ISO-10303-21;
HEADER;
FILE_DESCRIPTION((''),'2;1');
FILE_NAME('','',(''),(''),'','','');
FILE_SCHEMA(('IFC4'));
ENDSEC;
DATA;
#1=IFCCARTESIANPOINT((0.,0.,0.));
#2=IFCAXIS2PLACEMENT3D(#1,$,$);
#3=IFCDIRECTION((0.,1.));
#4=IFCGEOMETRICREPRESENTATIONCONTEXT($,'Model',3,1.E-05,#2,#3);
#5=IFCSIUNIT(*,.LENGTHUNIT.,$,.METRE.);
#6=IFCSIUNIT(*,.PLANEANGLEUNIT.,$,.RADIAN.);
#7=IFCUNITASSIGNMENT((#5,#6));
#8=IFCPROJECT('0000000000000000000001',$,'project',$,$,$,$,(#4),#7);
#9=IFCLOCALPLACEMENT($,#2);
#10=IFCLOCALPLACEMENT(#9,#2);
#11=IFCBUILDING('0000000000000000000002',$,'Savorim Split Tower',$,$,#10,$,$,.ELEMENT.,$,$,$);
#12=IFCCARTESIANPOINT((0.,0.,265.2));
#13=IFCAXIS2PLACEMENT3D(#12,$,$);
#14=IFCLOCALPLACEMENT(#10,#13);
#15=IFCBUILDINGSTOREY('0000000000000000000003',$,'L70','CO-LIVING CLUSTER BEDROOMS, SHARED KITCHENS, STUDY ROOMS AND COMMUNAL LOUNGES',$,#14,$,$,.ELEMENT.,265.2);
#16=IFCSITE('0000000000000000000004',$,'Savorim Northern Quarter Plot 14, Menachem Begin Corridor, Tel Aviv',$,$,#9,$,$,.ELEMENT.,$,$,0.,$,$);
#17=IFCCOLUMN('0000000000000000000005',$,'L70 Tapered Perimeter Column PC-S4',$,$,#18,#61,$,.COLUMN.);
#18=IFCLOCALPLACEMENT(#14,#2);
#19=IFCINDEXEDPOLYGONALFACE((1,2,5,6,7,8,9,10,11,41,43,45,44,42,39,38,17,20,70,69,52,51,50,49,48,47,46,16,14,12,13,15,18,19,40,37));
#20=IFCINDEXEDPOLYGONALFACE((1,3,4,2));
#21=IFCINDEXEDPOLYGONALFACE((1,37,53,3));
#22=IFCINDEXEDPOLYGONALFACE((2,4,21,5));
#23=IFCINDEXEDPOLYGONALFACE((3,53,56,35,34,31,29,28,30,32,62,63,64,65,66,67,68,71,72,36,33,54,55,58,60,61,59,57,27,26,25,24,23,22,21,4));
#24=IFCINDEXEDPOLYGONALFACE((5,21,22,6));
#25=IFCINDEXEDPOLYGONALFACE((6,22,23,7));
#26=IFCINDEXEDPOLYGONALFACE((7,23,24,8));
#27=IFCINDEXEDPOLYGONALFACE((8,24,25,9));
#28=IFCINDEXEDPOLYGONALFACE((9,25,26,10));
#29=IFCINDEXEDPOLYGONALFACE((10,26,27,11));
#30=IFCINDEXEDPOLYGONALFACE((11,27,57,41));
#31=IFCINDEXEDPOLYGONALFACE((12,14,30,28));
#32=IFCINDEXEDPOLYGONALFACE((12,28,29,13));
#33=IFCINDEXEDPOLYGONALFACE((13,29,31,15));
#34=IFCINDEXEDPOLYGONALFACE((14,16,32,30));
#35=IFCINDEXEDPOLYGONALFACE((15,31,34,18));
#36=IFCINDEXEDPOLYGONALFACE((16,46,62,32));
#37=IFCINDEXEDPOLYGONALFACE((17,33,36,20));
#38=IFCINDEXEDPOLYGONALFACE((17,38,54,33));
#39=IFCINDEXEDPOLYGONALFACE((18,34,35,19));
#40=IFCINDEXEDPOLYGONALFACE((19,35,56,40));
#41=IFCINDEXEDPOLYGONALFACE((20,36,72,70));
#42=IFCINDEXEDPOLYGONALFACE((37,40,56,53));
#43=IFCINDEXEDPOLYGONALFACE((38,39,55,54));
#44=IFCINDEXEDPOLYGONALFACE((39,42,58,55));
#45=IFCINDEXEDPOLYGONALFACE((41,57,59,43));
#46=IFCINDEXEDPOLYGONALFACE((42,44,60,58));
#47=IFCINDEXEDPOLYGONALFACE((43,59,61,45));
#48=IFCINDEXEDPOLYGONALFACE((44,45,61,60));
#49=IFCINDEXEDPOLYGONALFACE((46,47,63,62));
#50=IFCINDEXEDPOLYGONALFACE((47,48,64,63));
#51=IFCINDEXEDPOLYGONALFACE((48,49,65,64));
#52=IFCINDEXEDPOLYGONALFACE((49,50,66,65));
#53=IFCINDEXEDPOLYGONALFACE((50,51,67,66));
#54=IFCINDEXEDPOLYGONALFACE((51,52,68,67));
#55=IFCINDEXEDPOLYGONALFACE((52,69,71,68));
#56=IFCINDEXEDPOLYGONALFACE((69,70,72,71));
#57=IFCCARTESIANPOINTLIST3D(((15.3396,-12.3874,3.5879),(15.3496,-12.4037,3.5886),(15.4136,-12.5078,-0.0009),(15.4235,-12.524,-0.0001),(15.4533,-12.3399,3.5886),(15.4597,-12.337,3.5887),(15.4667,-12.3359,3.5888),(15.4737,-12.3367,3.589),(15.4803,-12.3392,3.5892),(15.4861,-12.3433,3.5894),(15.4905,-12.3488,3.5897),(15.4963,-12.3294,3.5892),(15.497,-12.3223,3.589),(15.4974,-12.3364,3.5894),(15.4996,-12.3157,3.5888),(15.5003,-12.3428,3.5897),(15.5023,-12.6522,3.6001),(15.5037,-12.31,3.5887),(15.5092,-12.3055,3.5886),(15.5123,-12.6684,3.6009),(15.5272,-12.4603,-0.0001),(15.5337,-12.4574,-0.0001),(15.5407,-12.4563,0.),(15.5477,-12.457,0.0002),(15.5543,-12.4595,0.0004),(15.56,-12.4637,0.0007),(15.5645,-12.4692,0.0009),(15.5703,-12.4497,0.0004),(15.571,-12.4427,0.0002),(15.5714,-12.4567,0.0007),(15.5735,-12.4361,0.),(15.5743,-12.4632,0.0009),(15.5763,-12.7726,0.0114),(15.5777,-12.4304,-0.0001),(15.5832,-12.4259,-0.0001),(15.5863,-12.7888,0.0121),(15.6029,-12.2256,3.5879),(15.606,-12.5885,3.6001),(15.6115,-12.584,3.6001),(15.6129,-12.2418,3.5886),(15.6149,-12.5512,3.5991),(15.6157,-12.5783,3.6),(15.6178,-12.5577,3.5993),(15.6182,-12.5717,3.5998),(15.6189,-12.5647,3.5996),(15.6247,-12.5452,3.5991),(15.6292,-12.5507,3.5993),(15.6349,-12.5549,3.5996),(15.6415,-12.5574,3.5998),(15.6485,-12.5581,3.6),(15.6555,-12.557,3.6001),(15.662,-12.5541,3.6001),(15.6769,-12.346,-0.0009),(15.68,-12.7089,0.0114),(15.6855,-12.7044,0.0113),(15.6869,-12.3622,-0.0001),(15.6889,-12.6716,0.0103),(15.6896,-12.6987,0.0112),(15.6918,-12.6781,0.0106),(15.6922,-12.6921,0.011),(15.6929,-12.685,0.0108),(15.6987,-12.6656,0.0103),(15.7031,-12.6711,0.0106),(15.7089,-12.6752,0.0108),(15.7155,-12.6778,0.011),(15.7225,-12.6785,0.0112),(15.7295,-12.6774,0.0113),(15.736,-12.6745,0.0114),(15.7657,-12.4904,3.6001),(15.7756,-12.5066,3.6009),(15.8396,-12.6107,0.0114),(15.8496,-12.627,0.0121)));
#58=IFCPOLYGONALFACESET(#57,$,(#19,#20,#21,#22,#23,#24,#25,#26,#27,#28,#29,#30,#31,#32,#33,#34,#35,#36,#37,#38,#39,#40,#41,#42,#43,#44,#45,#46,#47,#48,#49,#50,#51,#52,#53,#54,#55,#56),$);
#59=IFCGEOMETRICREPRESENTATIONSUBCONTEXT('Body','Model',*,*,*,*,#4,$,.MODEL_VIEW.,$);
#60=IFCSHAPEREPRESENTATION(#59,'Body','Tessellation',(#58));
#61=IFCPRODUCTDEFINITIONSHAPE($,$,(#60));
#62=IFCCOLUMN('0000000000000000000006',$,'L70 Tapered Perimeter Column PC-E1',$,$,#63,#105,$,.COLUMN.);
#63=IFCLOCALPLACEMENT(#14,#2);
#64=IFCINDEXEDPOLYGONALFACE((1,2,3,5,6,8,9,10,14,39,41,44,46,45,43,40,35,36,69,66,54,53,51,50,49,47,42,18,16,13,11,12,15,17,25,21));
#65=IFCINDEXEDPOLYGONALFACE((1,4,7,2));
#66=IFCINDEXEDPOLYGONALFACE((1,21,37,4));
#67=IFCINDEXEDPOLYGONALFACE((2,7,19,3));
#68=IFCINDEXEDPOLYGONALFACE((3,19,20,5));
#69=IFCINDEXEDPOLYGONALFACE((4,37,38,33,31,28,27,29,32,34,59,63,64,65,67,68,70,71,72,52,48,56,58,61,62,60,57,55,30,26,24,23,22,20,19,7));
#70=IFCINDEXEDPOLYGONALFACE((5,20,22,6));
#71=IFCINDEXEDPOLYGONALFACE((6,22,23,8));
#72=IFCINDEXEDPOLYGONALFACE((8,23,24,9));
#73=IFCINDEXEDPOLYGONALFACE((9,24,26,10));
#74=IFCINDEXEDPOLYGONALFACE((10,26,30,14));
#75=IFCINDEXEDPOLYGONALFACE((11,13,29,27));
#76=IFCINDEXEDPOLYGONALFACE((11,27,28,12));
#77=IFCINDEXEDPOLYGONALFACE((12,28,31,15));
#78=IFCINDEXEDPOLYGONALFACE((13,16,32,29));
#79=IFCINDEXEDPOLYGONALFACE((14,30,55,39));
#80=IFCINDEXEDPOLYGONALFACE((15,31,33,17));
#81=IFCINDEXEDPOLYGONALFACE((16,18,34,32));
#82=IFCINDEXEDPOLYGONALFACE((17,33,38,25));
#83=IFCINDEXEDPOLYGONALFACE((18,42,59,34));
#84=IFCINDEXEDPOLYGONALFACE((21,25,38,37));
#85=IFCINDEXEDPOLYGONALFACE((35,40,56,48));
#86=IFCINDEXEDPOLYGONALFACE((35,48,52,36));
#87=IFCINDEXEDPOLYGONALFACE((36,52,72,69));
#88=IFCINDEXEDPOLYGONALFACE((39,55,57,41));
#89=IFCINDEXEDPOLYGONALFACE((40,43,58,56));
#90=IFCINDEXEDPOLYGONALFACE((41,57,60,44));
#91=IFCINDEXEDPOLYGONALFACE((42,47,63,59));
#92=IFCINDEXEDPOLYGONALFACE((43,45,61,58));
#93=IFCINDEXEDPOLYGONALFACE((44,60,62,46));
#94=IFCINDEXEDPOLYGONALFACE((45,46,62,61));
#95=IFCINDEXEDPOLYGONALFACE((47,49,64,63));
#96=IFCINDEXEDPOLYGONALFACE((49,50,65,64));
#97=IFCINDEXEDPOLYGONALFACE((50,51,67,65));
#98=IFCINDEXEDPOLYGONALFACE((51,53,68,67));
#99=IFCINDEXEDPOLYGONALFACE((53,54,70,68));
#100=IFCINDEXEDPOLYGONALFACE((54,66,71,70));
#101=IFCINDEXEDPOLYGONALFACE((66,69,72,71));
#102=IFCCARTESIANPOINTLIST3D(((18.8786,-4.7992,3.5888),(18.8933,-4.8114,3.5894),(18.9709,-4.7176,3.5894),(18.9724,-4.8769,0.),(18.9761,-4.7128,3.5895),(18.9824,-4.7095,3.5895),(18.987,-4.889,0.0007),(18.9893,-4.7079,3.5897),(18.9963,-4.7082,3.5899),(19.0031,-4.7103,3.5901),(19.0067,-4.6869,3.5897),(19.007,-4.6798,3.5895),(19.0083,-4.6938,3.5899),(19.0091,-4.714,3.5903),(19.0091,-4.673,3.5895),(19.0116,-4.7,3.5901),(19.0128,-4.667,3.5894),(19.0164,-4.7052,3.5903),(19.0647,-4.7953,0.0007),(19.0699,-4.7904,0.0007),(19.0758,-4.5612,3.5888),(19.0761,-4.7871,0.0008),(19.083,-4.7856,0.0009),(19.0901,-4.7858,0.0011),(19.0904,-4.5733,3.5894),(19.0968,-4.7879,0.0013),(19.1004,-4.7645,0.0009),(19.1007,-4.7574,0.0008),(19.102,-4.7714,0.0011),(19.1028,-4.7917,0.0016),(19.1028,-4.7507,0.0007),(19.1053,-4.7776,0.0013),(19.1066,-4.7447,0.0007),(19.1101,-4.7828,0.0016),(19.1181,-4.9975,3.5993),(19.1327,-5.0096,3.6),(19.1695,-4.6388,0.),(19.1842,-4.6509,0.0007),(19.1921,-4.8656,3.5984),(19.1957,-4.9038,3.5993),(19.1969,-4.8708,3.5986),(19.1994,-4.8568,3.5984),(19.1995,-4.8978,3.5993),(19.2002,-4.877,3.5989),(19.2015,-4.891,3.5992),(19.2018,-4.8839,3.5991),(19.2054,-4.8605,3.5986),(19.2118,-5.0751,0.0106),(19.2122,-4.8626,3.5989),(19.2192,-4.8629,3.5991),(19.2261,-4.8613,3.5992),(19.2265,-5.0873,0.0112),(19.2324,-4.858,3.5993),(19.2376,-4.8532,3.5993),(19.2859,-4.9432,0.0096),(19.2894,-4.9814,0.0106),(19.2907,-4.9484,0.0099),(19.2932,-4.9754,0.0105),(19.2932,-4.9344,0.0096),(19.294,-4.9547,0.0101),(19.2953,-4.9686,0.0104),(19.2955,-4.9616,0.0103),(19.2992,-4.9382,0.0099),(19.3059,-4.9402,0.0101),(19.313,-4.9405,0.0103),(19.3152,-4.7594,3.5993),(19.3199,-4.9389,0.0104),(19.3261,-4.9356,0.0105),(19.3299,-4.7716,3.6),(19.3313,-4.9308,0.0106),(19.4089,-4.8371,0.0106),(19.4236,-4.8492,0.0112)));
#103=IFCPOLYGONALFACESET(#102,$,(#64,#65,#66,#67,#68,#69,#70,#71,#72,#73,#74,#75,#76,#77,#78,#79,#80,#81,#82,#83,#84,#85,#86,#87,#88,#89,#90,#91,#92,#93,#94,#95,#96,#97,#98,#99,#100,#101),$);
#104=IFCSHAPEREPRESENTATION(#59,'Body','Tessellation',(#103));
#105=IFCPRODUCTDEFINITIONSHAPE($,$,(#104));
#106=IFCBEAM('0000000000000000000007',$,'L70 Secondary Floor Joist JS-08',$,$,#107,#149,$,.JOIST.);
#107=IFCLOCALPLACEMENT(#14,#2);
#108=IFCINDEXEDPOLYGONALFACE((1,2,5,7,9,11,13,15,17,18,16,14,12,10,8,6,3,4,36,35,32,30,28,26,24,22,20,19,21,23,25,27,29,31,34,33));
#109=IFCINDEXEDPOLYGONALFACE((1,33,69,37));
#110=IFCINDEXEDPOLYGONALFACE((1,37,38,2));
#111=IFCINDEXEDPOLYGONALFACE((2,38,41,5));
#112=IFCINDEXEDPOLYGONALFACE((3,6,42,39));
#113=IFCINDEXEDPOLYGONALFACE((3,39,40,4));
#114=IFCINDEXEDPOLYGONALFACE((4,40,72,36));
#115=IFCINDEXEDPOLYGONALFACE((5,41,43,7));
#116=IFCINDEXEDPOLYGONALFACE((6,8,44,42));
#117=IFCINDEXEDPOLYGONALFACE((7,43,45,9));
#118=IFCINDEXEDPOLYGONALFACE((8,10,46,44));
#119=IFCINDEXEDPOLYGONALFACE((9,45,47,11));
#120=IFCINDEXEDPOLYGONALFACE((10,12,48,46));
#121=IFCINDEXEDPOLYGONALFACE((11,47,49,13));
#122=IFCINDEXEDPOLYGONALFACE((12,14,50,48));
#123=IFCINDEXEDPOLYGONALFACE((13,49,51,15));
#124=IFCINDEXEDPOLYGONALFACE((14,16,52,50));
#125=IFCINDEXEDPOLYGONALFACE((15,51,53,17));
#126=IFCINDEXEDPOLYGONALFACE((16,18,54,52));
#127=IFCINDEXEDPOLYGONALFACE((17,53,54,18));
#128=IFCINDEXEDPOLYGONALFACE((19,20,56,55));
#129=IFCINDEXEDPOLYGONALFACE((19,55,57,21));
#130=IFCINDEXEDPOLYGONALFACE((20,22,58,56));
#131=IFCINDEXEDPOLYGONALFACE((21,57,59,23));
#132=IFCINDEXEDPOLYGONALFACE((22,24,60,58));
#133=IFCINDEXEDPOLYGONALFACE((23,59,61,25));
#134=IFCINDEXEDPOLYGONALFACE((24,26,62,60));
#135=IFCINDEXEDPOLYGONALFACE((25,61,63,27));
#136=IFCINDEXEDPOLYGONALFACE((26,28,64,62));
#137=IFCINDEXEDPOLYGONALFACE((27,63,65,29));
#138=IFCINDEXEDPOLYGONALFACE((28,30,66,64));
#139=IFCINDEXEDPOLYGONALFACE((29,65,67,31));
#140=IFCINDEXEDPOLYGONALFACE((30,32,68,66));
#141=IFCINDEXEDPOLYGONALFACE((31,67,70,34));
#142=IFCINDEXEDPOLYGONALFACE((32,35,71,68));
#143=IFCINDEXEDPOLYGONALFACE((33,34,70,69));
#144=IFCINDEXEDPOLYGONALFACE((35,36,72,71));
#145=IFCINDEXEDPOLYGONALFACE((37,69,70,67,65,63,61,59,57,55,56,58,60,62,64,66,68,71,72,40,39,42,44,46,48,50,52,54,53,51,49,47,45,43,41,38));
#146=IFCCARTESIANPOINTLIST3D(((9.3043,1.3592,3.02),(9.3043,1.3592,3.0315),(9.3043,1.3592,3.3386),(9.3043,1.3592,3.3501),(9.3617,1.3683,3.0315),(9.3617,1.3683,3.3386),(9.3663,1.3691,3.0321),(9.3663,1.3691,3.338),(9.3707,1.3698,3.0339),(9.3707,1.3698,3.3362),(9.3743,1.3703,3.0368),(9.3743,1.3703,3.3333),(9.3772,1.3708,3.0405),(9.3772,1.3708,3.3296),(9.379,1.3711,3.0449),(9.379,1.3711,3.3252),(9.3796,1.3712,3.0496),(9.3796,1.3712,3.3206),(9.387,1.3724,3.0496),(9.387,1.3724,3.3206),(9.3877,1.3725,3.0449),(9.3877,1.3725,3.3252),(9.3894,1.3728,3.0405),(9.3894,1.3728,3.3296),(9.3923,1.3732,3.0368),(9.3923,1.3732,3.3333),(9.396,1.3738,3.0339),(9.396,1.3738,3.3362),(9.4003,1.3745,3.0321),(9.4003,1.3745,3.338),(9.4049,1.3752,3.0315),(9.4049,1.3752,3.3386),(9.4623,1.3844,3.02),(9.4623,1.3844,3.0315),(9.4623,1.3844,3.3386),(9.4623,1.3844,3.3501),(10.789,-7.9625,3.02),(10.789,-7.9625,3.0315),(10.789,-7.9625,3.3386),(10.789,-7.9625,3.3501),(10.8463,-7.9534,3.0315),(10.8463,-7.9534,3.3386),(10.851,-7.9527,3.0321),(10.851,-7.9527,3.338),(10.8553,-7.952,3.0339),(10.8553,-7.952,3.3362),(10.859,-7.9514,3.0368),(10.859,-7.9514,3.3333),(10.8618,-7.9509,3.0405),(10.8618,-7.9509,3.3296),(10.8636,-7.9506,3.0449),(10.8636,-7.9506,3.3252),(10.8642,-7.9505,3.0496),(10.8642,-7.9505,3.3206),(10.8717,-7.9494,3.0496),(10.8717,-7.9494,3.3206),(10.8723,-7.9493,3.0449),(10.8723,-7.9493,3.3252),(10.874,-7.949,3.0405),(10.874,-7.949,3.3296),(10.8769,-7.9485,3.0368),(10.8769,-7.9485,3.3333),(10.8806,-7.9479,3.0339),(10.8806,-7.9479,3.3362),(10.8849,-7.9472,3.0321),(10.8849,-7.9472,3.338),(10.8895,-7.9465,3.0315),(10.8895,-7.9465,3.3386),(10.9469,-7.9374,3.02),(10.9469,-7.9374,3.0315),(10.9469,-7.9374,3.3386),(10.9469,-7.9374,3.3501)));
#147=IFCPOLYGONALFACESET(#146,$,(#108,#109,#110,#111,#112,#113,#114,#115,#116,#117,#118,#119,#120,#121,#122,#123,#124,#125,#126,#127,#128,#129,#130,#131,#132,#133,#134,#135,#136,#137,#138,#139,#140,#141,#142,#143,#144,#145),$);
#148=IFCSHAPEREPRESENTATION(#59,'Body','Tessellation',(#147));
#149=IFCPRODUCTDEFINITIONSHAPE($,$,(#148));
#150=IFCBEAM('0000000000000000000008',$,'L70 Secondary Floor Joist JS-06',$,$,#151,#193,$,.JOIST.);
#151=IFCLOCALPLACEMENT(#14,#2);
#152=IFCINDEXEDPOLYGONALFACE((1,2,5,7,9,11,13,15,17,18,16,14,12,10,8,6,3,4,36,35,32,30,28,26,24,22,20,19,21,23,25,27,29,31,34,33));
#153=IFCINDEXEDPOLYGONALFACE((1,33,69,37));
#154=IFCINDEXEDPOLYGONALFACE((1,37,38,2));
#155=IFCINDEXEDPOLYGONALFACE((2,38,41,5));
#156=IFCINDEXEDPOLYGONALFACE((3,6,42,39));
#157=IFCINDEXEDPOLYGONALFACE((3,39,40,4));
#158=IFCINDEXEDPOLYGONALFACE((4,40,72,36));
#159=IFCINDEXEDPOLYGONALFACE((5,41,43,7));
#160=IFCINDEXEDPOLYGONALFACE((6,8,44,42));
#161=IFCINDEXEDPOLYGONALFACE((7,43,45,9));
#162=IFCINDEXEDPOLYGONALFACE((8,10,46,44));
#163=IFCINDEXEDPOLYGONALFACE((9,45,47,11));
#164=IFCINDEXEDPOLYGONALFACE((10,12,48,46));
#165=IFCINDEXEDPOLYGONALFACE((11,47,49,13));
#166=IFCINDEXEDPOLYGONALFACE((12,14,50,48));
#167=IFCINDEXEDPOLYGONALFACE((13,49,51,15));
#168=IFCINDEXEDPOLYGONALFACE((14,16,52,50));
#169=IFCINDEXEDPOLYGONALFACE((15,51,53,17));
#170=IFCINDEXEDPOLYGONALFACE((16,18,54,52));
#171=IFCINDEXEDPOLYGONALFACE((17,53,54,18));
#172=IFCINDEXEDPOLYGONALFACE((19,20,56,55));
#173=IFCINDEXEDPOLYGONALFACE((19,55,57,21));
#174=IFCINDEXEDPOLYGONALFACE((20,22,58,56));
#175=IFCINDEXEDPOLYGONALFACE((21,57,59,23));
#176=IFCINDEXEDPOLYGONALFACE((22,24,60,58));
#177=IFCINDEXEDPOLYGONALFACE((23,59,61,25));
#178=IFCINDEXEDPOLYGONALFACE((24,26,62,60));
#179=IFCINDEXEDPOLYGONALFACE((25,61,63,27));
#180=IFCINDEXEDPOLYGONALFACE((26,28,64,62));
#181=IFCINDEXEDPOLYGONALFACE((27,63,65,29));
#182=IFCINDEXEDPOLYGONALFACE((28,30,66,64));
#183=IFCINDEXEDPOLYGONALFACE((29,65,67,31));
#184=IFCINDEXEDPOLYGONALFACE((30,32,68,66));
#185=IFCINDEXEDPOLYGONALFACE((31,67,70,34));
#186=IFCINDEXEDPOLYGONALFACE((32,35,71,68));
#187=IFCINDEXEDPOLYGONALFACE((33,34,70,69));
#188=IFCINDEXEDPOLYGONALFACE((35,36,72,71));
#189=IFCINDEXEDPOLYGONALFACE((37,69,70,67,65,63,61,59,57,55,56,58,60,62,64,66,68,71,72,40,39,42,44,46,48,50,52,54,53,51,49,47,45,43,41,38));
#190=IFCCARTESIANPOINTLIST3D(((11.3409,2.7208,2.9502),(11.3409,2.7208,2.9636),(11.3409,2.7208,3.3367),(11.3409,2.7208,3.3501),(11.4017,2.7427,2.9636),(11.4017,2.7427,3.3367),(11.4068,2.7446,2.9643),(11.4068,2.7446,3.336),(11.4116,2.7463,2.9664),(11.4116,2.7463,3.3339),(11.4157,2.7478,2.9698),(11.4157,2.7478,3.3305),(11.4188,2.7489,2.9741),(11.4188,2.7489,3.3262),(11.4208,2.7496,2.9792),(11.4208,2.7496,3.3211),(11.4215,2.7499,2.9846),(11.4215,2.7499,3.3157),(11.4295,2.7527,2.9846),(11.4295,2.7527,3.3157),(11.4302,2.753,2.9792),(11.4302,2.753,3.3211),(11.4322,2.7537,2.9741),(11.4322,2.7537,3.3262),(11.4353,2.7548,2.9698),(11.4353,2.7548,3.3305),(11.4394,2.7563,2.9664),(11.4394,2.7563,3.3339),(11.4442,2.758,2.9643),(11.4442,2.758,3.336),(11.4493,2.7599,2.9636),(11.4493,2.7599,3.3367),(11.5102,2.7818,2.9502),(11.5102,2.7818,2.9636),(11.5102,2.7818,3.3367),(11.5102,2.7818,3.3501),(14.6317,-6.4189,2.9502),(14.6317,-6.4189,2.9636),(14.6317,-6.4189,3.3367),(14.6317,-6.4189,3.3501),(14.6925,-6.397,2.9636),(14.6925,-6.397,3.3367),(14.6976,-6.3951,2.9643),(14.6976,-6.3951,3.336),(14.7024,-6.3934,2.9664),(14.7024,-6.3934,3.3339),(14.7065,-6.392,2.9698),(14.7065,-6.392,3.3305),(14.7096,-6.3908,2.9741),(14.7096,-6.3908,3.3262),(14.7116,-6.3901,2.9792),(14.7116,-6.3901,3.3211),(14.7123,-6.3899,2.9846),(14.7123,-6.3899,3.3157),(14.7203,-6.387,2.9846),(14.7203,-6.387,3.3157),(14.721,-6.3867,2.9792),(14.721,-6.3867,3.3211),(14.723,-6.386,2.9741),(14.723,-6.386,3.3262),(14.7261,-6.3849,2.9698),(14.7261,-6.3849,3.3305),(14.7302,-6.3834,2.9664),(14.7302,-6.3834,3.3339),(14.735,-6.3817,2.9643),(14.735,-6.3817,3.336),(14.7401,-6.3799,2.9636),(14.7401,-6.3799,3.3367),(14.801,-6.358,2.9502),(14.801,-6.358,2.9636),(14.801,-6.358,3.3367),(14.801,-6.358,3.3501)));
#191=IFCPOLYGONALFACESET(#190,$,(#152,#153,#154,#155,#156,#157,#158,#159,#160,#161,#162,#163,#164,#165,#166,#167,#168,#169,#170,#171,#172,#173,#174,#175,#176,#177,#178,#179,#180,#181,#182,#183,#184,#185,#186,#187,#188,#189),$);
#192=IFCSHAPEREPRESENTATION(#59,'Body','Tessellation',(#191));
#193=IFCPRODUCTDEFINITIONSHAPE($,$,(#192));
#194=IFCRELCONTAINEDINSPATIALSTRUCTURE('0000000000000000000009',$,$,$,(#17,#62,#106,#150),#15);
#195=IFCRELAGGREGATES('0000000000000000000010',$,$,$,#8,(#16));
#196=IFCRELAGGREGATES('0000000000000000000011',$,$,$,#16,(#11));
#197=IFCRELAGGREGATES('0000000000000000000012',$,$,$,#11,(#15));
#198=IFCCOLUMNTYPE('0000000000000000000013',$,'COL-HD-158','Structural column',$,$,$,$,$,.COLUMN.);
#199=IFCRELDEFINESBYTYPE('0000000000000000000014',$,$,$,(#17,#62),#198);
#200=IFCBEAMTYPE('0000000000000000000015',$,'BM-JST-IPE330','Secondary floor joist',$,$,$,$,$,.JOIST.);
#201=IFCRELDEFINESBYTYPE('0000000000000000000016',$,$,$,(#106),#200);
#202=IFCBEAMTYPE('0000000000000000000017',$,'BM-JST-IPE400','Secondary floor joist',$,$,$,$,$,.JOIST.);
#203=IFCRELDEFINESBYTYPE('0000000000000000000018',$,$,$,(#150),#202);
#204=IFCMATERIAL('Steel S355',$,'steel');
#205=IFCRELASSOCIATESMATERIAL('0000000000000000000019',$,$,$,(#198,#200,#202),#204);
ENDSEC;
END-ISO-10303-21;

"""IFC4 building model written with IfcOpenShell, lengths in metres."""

from ifc_helpers import new_model, si_unit, direction, frame, origin, origin_2d, place, context, subcontext, project, spatial, i_section, extrude, material, material_profile, profile_set, type_object, element, save


model = new_model("IFC4")

# Units and contexts
model_context = context("Model", 3, precision=1e-05, world=origin(), true_north=direction((0.0, 1.0)))
body_context = subcontext(model_context, "Body", "Model", "MODEL_VIEW")
ifc_project = project(units=[si_unit("LENGTHUNIT", "METRE"), si_unit("PLANEANGLEUNIT", "RADIAN")], contexts=[model_context])

# Site, building, storey
site_placement = place(None, origin())
site = spatial("IfcSite", under=ifc_project, at=site_placement, Name="Savorim Northern Quarter Plot 14, Menachem Begin Corridor, Tel Aviv", CompositionType="ELEMENT", RefElevation=0.0)
building_placement = place(site_placement, origin())
building = spatial("IfcBuilding", under=site, at=building_placement, Name="Savorim Split Tower", CompositionType="ELEMENT")
storey_placement = place(building_placement, frame((0.0, 0.0, 265.2)))
storey = spatial("IfcBuildingStorey", under=building, at=storey_placement, Name="L70", Description="CO-LIVING CLUSTER BEDROOMS, SHARED KITCHENS, STUDY ROOMS AND COMMUNAL LOUNGES", CompositionType="ELEMENT", Elevation=265.2)

# Columns
ifc_material_1 = material(Name="Steel S355", Category="steel")
ifc_material_profile_1 = material_profile(ifc_material_1, i_section(OverallWidth=0.3091, OverallDepth=0.3301, WebThickness=0.0115, FlangeThickness=0.019, FilletRadius=0.0271, at=origin_2d()), Name="HD 320x158")
ifc_profile_set_1 = profile_set([ifc_material_profile_1], Name="Steel S355")
column_type = type_object("IfcColumnType", Name="COL-HD-158", Description="Structural column", PredefinedType="COLUMN", material=ifc_profile_set_1)
column_1_placement = place(storey_placement, frame((15.6316, -12.5674, 0.0056), z_axis=(-0.020596, 0.033511, 0.999226), x_axis=(-0.851955, -0.523615, 0.0)))
element("IfcColumn", 1, at=column_1_placement, inside=storey, type_object=column_type, Name="L70 Tapered Perimeter Column PC-S4", PredefinedType="COLUMN", context=body_context, shape_type="SweptSolid", body=[
    extrude(i_section(OverallWidth=0.3091, OverallDepth=0.3301, WebThickness=0.0115, FlangeThickness=0.019, FilletRadius=0.0271, at=origin_2d()), origin(), (0.0, 0.0, 1.0), 3.5916),
])
column_2_placement = place(storey_placement, frame((19.198, -4.863, 0.0056), z_axis=(-0.026107, 0.02162, 0.999425), x_axis=(-0.637814, -0.77019, 0.0)))
element("IfcColumn", 2, at=column_2_placement, inside=storey, type_object=column_type, Name="L70 Tapered Perimeter Column PC-E1", PredefinedType="COLUMN", context=body_context, shape_type="SweptSolid", body=[
    extrude(i_section(OverallWidth=0.3091, OverallDepth=0.3301, WebThickness=0.0115, FlangeThickness=0.019, FilletRadius=0.0271, at=origin_2d()), origin(), (0.0, 0.0, 1.0), 3.5908),
])

# Beams
ifc_material_profile_2 = material_profile(ifc_material_1, i_section(OverallWidth=0.1599, OverallDepth=0.3301, WebThickness=0.0076, FlangeThickness=0.0115, FilletRadius=0.0181, at=origin_2d()), Name="IPE 330")
ifc_profile_set_2 = profile_set([ifc_material_profile_2], Name="Steel S355")
beam_type_1 = type_object("IfcBeamType", Name="BM-JST-IPE330", Description="Secondary floor joist", PredefinedType="JOIST", material=ifc_profile_set_2)
beam_1_placement = place(storey_placement, frame((10.8679, -7.95, 3.1851), z_axis=(-0.157281, 0.987554, 0.0), x_axis=(-0.987554, -0.157281, 0.0)))
element("IfcBeam", 3, at=beam_1_placement, inside=storey, type_object=beam_type_1, Name="L70 Secondary Floor Joist JS-08", PredefinedType="JOIST", context=body_context, shape_type="SweptSolid", body=[
    extrude(i_section(OverallWidth=0.1599, OverallDepth=0.3301, WebThickness=0.0076, FlangeThickness=0.0115, FilletRadius=0.0181, at=origin_2d()), origin(), (0.0, 0.0, 1.0), 9.4392),
])
ifc_material_profile_3 = material_profile(ifc_material_1, i_section(OverallWidth=0.1799, OverallDepth=0.3999, WebThickness=0.0085, FlangeThickness=0.0134, FilletRadius=0.021, at=origin_2d()), Name="IPE 400")
ifc_profile_set_3 = profile_set([ifc_material_profile_3], Name="Steel S355")
beam_type_2 = type_object("IfcBeamType", Name="BM-JST-IPE400", Description="Secondary floor joist", PredefinedType="JOIST", material=ifc_profile_set_3)
beam_2_placement = place(storey_placement, frame((14.7163, -6.3884, 3.1501), z_axis=(-0.338765, 0.940871, 0.0), x_axis=(-0.940871, -0.338765, 0.0)))
element("IfcBeam", 4, at=beam_2_placement, inside=storey, type_object=beam_type_2, Name="L70 Secondary Floor Joist JS-06", PredefinedType="JOIST", context=body_context, shape_type="SweptSolid", body=[
    extrude(i_section(OverallWidth=0.1799, OverallDepth=0.3999, WebThickness=0.0085, FlangeThickness=0.0134, FilletRadius=0.021, at=origin_2d()), origin(), (0.0, 0.0, 1.0), 9.7141),
])

save(model, "model.ifc")
